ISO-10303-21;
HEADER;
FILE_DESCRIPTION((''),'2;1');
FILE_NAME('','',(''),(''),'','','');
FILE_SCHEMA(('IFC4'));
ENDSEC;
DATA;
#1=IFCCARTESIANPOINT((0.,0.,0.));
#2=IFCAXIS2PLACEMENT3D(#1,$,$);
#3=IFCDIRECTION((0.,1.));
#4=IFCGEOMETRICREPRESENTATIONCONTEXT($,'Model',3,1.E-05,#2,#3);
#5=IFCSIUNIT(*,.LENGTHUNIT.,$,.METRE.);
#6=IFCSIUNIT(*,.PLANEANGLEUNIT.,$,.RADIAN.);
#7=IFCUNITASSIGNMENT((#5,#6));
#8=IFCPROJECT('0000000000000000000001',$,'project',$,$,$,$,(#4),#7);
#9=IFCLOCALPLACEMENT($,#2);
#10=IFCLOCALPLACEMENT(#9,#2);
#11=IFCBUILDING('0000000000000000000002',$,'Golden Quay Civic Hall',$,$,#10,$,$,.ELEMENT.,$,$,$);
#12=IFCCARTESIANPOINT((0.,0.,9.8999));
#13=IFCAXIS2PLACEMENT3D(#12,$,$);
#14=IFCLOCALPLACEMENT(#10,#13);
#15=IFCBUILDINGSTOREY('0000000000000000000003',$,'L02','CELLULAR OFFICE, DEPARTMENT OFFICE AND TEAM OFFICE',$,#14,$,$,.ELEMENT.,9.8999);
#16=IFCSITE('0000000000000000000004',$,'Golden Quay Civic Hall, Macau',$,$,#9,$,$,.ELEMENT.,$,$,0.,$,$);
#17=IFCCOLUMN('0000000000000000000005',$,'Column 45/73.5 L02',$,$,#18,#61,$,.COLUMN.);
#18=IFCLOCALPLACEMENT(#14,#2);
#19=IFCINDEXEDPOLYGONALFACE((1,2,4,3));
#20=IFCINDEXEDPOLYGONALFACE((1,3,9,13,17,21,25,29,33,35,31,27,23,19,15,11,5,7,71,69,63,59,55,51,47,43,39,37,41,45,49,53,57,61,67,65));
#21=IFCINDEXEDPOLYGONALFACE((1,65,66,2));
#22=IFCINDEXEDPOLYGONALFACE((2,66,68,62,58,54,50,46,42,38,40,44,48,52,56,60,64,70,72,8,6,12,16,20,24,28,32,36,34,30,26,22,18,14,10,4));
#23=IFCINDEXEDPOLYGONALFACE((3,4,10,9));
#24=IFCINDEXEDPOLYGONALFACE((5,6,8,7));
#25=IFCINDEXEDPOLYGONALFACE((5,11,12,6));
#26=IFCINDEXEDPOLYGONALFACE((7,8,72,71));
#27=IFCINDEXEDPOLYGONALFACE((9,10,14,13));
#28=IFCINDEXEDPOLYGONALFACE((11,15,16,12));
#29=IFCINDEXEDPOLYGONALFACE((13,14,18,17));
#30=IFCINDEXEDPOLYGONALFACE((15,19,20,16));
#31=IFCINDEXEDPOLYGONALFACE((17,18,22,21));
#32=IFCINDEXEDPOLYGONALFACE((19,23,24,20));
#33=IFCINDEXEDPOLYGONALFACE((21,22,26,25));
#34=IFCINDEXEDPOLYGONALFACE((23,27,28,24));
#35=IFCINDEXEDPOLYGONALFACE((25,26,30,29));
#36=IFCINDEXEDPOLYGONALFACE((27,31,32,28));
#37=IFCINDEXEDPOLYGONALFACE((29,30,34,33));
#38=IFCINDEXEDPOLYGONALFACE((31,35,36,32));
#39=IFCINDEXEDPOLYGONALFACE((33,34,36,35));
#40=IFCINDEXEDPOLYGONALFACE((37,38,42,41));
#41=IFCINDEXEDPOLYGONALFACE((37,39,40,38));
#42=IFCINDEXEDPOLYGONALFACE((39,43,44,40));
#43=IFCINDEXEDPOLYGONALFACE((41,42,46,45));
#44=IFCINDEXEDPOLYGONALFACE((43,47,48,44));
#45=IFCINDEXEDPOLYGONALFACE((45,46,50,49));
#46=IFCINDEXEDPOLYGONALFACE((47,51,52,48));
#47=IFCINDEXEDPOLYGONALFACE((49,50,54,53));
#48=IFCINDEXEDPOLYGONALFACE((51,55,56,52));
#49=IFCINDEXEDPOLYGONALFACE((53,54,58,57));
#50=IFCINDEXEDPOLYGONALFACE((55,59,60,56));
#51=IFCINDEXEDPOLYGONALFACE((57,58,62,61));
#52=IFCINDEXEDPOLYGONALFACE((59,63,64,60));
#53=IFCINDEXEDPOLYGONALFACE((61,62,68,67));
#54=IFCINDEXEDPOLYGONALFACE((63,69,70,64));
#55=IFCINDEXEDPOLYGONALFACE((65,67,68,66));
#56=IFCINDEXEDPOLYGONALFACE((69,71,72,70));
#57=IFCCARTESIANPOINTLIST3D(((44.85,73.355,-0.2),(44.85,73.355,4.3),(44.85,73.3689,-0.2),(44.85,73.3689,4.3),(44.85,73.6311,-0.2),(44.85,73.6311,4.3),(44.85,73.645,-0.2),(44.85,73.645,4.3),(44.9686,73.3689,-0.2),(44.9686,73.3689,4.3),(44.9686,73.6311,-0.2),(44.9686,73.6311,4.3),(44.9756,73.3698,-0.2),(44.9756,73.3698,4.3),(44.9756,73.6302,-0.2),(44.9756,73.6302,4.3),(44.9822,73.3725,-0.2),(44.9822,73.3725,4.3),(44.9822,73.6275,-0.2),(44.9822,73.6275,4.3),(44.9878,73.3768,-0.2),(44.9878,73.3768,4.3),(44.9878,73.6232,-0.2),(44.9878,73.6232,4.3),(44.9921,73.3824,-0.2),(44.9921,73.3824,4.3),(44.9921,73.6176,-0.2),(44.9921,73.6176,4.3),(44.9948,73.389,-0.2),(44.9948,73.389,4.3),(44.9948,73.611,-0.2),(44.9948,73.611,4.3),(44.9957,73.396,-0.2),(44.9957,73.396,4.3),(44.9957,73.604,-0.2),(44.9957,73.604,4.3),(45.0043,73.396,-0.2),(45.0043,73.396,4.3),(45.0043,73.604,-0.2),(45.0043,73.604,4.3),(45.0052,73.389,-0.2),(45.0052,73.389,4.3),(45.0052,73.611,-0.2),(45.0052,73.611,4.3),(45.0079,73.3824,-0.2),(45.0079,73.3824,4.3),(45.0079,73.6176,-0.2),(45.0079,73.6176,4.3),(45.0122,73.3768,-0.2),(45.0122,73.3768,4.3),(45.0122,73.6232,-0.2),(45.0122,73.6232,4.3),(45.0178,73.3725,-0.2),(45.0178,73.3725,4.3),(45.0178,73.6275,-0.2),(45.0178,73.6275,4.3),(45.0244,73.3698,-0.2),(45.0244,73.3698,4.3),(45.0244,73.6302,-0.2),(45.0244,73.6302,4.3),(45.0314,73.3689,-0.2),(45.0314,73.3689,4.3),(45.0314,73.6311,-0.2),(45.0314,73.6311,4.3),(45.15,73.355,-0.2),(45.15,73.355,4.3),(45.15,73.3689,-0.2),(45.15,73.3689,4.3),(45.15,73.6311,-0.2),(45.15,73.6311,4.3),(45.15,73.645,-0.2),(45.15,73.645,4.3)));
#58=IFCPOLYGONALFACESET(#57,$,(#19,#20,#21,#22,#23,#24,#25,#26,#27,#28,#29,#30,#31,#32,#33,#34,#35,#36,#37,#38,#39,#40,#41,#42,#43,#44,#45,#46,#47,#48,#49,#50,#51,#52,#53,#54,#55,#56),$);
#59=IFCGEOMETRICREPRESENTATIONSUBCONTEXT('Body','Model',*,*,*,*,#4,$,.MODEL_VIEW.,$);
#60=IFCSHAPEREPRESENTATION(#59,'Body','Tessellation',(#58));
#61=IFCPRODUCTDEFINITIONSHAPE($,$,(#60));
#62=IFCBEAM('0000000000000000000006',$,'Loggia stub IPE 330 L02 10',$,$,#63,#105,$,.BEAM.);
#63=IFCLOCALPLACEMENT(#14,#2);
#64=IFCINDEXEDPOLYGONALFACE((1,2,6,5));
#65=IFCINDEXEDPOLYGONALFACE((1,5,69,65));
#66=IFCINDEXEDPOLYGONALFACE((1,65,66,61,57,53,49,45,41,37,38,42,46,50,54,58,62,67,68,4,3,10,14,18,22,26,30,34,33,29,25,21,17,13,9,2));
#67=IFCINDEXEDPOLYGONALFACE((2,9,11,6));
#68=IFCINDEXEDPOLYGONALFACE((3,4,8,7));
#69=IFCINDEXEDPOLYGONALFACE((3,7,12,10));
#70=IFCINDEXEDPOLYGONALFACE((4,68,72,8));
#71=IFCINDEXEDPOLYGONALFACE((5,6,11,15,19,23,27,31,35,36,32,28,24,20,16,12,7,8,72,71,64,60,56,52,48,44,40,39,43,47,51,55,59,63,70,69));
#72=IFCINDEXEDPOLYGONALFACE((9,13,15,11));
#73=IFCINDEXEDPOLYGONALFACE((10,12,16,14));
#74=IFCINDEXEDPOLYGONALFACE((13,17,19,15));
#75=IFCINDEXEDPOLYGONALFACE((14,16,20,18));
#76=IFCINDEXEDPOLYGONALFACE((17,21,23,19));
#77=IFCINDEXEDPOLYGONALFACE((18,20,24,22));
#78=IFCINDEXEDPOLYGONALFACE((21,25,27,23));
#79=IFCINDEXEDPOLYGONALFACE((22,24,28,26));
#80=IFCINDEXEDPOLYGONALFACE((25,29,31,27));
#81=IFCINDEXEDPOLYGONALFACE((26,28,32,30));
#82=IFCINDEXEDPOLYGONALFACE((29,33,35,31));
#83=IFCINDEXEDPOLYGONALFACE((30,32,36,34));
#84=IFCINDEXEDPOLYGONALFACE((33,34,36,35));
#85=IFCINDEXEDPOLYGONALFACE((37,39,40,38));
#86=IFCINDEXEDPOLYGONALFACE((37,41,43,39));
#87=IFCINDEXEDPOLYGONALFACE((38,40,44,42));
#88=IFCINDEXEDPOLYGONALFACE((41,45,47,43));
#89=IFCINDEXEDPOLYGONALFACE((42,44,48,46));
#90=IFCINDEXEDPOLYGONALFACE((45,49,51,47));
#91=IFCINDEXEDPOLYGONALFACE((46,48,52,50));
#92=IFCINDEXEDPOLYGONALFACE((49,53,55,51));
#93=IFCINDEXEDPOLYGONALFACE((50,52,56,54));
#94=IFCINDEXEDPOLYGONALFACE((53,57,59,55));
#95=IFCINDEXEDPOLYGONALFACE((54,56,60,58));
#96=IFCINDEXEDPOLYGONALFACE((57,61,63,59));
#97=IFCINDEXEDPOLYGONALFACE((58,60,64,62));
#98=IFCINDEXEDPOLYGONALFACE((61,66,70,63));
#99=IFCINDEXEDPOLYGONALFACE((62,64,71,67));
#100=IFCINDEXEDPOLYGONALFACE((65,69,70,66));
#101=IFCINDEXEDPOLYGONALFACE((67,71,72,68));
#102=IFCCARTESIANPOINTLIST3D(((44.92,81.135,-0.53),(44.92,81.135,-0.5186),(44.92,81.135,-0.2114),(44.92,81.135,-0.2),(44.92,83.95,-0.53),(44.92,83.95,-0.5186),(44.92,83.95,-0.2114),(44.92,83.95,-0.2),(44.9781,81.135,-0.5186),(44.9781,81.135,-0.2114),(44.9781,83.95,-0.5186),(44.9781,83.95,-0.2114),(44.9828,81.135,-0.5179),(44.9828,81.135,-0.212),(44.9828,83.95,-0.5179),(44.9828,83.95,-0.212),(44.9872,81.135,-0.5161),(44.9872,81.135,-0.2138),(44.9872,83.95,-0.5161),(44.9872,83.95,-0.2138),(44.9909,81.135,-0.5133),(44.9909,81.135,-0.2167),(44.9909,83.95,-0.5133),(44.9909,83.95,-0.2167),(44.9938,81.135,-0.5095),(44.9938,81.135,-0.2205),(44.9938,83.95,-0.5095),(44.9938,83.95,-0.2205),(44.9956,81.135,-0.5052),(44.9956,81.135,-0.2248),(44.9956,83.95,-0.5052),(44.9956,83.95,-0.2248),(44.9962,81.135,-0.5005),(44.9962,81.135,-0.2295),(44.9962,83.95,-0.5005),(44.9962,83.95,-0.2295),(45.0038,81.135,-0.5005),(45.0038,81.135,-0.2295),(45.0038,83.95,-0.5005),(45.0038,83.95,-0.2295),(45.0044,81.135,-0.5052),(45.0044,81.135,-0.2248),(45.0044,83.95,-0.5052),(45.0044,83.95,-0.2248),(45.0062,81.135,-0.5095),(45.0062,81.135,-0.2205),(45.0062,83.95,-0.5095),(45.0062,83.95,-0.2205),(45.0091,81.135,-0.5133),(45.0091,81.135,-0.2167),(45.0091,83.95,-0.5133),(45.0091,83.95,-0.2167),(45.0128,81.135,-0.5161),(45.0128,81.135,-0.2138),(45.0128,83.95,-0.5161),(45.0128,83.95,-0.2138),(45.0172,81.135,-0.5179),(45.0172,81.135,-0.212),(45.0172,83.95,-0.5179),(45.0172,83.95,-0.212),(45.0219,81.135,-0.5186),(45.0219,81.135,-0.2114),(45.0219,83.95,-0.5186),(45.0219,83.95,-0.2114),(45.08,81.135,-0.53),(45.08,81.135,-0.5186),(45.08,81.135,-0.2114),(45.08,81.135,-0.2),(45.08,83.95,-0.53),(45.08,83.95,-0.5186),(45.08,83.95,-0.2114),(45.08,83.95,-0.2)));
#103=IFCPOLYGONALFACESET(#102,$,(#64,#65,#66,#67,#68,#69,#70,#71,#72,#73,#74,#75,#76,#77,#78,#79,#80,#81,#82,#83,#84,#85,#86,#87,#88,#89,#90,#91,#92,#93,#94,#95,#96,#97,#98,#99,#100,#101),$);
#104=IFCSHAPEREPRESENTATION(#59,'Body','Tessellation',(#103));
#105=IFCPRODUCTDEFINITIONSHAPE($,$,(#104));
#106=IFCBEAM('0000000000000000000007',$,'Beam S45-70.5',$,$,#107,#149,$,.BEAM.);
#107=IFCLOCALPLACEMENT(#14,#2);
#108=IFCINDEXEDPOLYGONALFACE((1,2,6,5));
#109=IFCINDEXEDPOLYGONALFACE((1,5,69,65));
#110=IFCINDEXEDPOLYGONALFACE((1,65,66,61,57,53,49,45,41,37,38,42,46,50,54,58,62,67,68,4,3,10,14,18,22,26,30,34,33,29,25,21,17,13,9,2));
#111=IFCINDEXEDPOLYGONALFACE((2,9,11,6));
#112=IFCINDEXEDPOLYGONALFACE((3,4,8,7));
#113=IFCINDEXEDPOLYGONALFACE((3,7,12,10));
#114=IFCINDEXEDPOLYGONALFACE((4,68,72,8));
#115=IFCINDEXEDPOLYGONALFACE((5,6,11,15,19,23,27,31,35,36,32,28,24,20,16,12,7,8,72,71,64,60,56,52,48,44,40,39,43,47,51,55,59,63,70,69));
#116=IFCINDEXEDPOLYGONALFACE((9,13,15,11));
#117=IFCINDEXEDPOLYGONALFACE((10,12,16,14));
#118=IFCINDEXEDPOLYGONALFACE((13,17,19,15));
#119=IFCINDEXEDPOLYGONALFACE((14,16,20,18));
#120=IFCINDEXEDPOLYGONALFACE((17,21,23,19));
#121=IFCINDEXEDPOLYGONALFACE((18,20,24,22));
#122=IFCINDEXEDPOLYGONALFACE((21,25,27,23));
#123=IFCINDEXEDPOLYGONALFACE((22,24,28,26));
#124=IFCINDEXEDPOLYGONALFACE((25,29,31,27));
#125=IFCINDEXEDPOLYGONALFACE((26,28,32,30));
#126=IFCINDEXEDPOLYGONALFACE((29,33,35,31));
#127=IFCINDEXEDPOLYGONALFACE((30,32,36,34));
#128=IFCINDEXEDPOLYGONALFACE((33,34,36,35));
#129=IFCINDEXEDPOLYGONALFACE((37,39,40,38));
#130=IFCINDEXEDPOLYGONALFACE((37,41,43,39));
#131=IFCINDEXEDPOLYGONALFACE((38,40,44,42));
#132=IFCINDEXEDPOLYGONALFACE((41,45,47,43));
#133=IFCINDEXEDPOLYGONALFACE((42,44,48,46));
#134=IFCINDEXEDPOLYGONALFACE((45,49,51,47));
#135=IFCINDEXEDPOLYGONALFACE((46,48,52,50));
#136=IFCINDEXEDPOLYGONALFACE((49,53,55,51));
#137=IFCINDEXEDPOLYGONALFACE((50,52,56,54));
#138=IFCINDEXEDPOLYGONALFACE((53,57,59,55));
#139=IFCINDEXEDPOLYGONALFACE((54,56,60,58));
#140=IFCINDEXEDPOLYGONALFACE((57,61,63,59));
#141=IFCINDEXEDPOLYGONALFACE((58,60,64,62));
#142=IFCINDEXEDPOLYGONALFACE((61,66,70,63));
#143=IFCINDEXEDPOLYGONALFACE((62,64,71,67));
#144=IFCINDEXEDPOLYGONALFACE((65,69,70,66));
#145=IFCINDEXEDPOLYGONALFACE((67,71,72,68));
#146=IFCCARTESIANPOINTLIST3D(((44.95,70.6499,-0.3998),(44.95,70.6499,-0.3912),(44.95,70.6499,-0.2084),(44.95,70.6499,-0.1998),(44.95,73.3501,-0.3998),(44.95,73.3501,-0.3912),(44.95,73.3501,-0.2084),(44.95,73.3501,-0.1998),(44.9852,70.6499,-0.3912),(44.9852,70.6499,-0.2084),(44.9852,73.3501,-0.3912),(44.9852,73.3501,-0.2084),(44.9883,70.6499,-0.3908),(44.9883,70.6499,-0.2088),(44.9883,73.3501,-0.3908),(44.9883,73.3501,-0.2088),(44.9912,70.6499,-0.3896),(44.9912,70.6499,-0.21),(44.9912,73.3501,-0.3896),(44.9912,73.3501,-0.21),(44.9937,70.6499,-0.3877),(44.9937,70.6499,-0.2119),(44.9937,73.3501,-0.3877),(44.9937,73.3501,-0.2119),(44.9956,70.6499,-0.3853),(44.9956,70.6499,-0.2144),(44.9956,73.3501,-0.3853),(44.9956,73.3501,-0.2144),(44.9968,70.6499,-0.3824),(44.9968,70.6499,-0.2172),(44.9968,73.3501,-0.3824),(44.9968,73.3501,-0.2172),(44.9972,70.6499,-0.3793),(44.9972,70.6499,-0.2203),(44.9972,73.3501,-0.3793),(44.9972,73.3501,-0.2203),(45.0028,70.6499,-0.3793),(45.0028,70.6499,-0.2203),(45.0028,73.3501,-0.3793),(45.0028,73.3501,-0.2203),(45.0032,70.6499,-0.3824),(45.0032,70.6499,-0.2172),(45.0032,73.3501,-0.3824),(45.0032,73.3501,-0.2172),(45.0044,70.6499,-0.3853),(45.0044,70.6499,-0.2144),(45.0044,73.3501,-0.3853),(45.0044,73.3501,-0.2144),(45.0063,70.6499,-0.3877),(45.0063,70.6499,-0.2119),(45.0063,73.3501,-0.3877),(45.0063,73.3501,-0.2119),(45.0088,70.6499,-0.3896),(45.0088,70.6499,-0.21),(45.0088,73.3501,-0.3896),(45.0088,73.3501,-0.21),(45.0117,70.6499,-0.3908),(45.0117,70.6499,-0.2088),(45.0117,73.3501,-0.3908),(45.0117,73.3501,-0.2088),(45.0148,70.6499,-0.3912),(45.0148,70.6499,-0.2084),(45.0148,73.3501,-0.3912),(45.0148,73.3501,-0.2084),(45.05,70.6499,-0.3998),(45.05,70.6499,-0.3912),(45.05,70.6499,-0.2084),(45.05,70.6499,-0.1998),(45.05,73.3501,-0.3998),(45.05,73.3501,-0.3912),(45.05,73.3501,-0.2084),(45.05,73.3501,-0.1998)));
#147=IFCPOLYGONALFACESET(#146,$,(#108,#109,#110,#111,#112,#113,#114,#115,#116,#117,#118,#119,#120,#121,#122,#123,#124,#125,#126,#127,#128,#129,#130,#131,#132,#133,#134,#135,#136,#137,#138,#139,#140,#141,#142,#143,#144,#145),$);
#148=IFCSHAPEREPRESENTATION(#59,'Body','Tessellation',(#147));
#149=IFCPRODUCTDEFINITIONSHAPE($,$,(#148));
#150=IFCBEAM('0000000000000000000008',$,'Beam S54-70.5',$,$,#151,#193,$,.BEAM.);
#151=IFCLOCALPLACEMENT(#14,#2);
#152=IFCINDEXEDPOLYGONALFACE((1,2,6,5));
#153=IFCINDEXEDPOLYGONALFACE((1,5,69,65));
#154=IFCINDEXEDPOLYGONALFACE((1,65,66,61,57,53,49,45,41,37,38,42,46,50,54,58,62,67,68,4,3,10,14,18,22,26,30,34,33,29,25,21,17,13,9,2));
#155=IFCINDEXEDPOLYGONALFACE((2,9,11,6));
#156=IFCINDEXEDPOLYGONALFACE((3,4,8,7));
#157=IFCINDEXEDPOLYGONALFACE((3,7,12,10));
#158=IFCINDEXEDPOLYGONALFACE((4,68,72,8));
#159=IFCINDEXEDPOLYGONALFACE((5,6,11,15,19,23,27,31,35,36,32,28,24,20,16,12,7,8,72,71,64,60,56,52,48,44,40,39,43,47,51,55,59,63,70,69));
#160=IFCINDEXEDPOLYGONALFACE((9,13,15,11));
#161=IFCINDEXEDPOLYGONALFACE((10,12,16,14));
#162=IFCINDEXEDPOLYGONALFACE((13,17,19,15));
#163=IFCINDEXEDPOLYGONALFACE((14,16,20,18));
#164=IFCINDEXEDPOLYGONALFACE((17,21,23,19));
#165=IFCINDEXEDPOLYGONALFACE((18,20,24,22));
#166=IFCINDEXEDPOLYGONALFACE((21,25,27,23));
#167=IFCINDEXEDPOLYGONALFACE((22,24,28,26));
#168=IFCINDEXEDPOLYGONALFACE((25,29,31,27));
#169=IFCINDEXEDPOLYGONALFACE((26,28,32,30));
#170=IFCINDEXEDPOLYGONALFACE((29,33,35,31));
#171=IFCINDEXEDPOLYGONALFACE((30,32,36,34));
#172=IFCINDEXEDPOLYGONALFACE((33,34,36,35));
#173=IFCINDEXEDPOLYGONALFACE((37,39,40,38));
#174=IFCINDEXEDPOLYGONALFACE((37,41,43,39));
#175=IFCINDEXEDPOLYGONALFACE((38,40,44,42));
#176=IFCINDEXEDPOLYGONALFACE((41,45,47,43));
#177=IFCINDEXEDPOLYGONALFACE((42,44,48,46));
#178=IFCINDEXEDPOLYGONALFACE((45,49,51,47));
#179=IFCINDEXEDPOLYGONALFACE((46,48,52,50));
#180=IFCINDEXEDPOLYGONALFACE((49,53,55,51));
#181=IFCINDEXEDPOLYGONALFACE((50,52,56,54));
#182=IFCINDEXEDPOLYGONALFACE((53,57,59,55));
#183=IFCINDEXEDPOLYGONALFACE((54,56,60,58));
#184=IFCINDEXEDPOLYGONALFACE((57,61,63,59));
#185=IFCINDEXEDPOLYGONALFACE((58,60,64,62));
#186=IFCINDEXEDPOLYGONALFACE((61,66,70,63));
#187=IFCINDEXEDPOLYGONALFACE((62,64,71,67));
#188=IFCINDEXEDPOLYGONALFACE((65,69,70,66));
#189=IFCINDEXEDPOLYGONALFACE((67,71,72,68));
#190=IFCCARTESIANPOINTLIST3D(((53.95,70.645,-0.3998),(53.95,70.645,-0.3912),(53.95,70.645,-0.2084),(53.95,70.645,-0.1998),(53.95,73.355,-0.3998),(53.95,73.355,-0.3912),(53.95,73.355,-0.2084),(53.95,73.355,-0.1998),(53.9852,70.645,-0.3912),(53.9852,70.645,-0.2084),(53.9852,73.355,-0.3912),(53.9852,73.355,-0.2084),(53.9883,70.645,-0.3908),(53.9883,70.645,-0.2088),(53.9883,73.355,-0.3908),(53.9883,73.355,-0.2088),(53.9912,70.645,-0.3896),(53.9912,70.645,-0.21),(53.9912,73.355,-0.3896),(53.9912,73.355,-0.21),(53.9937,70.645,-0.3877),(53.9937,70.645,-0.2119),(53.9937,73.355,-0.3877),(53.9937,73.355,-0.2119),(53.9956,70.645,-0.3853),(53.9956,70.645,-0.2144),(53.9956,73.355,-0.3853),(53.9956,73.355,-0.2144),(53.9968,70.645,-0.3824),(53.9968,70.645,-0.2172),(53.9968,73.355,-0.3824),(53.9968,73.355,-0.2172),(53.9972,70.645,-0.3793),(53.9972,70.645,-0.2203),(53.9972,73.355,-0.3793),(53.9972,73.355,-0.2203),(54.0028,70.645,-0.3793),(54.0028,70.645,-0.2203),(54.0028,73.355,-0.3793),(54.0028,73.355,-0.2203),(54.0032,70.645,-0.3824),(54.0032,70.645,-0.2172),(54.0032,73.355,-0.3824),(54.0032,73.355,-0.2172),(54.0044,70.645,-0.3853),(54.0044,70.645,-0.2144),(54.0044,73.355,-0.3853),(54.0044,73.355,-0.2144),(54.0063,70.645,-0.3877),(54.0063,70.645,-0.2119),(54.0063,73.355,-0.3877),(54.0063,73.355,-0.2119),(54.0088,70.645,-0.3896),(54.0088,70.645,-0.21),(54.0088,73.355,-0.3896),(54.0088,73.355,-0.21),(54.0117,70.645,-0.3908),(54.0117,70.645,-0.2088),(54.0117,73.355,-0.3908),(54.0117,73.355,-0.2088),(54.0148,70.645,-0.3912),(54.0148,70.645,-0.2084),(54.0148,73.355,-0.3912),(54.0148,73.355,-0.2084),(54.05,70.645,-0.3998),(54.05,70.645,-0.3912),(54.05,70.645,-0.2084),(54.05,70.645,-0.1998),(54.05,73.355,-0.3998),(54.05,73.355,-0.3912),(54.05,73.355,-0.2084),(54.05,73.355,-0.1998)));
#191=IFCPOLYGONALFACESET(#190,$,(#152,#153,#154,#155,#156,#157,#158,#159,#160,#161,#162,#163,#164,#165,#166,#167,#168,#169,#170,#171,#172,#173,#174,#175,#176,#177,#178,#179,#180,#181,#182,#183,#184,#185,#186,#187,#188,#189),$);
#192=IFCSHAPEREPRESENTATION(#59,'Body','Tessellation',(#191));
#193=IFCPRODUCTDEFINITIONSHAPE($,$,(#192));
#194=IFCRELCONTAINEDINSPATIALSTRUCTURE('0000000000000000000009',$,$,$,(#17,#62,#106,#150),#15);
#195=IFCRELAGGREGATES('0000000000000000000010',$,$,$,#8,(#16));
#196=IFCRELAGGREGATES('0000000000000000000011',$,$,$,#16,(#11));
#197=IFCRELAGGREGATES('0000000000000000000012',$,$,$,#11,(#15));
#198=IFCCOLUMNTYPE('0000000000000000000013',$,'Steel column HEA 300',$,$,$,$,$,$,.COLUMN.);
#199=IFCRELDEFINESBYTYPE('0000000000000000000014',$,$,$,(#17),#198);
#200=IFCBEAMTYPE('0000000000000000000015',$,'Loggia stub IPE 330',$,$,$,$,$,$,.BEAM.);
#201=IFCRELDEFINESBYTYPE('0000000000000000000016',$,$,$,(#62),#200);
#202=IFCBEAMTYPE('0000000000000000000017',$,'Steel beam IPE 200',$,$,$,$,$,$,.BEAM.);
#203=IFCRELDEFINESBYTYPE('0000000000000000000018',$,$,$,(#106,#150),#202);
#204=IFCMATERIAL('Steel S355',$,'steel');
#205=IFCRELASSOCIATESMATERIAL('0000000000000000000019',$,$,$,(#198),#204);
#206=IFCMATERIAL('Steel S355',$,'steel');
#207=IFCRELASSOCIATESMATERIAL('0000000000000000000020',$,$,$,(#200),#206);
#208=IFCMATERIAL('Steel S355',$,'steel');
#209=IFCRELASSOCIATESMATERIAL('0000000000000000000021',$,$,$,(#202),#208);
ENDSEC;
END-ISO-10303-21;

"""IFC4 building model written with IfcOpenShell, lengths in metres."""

from ifc_helpers import new_model, si_unit, direction, frame, origin, origin_2d, place, context, subcontext, project, spatial, i_section, extrude, material, material_profile, profile_set, type_object, element, save


model = new_model("IFC4")

# Units and contexts
model_context = context("Model", 3, precision=1e-05, world=origin(), true_north=direction((0.0, 1.0)))
body_context = subcontext(model_context, "Body", "Model", "MODEL_VIEW")
ifc_project = project(units=[si_unit("LENGTHUNIT", "METRE"), si_unit("PLANEANGLEUNIT", "RADIAN")], contexts=[model_context])

# Site, building, storey
site_placement = place(None, origin())
site = spatial("IfcSite", under=ifc_project, at=site_placement, Name="Golden Quay Civic Hall, Macau", CompositionType="ELEMENT", RefElevation=0.0)
building_placement = place(site_placement, origin())
building = spatial("IfcBuilding", under=site, at=building_placement, Name="Golden Quay Civic Hall", CompositionType="ELEMENT")
storey_placement = place(building_placement, frame((0.0, 0.0, 9.8999)))
storey = spatial("IfcBuildingStorey", under=building, at=storey_placement, Name="L02", Description="CELLULAR OFFICE, DEPARTMENT OFFICE AND TEAM OFFICE", CompositionType="ELEMENT", Elevation=9.8999)

# Column
ifc_material_1 = material(Name="Steel S355", Category="steel")
ifc_material_profile_1 = material_profile(ifc_material_1, i_section(OverallWidth=0.3, OverallDepth=0.29, WebThickness=0.0085, FlangeThickness=0.0139, FilletRadius=0.0271, at=origin_2d()), Name="HEA 300")
ifc_profile_set_1 = profile_set([ifc_material_profile_1], Name="Steel S355")
column_type_1 = type_object("IfcColumnType", Name="Steel column HEA 300", PredefinedType="COLUMN", material=ifc_profile_set_1)
column_placement = place(storey_placement, frame((45.0, 73.5, -0.2), z_axis=(0.0, 0.0, 1.0), x_axis=(1.0, 0.0, 0.0)))
element("IfcColumn", 1, at=column_placement, inside=storey, type_object=column_type_1, Name="Column 45/73.5 L02", PredefinedType="COLUMN", context=body_context, shape_type="SweptSolid", body=[
    extrude(i_section(OverallWidth=0.3, OverallDepth=0.29, WebThickness=0.0085, FlangeThickness=0.0139, FilletRadius=0.0271, at=origin_2d()), origin(), (0.0, 0.0, 1.0), 4.5),
])

# Beams
ifc_material_2 = material(Name="Steel S355", Category="steel")
ifc_material_profile_2 = material_profile(ifc_material_2, i_section(OverallWidth=0.1599, OverallDepth=0.3301, WebThickness=0.0076, FlangeThickness=0.0115, FilletRadius=0.0181, at=origin_2d()), Name="IPE 330")
ifc_profile_set_2 = profile_set([ifc_material_profile_2], Name="Steel S355")
beam_type_1 = type_object("IfcBeamType", Name="Loggia stub IPE 330", PredefinedType="BEAM", material=ifc_profile_set_2)
beam_1_placement = place(storey_placement, frame((45.0, 81.135, -0.365), z_axis=(0.0, 1.0, 0.0), x_axis=(-1.0, 0.0, 0.0)))
element("IfcBeam", 2, at=beam_1_placement, inside=storey, type_object=beam_type_1, Name="Loggia stub IPE 330 L02 10", PredefinedType="BEAM", context=body_context, shape_type="SweptSolid", body=[
    extrude(i_section(OverallWidth=0.1599, OverallDepth=0.3301, WebThickness=0.0076, FlangeThickness=0.0115, FilletRadius=0.0181, at=origin_2d()), origin(), (0.0, 0.0, 1.0), 2.8149),
])
ifc_material_3 = material(Name="Steel S355", Category="steel")
ifc_material_profile_3 = material_profile(ifc_material_3, i_section(OverallWidth=0.1001, OverallDepth=0.2, WebThickness=0.0056, FlangeThickness=0.0085, FilletRadius=0.012, at=origin_2d()), Name="IPE 200")
ifc_profile_set_3 = profile_set([ifc_material_profile_3], Name="Steel S355")
beam_type_2 = type_object("IfcBeamType", Name="Steel beam IPE 200", PredefinedType="BEAM", material=ifc_profile_set_3)
beam_2_placement = place(storey_placement, frame((45.0, 70.6499, -0.2998), z_axis=(0.0, 1.0, 0.0), x_axis=(-1.0, 0.0, 0.0)))
element("IfcBeam", 3, at=beam_2_placement, inside=storey, type_object=beam_type_2, Name="Beam S45-70.5", PredefinedType="BEAM", context=body_context, shape_type="SweptSolid", body=[
    extrude(i_section(OverallWidth=0.1001, OverallDepth=0.2, WebThickness=0.0056, FlangeThickness=0.0085, FilletRadius=0.012, at=origin_2d()), origin(), (0.0, 0.0, 1.0), 2.7002),
])
beam_3_placement = place(storey_placement, frame((54.0, 70.645, -0.2998), z_axis=(0.0, 1.0, 0.0), x_axis=(-1.0, 0.0, 0.0)))
element("IfcBeam", 4, at=beam_3_placement, inside=storey, type_object=beam_type_2, Name="Beam S54-70.5", PredefinedType="BEAM", context=body_context, shape_type="SweptSolid", body=[
    extrude(i_section(OverallWidth=0.1001, OverallDepth=0.2, WebThickness=0.0056, FlangeThickness=0.0085, FilletRadius=0.012, at=origin_2d()), origin(), (0.0, 0.0, 1.0), 2.71),
])

save(model, "model.ifc")
